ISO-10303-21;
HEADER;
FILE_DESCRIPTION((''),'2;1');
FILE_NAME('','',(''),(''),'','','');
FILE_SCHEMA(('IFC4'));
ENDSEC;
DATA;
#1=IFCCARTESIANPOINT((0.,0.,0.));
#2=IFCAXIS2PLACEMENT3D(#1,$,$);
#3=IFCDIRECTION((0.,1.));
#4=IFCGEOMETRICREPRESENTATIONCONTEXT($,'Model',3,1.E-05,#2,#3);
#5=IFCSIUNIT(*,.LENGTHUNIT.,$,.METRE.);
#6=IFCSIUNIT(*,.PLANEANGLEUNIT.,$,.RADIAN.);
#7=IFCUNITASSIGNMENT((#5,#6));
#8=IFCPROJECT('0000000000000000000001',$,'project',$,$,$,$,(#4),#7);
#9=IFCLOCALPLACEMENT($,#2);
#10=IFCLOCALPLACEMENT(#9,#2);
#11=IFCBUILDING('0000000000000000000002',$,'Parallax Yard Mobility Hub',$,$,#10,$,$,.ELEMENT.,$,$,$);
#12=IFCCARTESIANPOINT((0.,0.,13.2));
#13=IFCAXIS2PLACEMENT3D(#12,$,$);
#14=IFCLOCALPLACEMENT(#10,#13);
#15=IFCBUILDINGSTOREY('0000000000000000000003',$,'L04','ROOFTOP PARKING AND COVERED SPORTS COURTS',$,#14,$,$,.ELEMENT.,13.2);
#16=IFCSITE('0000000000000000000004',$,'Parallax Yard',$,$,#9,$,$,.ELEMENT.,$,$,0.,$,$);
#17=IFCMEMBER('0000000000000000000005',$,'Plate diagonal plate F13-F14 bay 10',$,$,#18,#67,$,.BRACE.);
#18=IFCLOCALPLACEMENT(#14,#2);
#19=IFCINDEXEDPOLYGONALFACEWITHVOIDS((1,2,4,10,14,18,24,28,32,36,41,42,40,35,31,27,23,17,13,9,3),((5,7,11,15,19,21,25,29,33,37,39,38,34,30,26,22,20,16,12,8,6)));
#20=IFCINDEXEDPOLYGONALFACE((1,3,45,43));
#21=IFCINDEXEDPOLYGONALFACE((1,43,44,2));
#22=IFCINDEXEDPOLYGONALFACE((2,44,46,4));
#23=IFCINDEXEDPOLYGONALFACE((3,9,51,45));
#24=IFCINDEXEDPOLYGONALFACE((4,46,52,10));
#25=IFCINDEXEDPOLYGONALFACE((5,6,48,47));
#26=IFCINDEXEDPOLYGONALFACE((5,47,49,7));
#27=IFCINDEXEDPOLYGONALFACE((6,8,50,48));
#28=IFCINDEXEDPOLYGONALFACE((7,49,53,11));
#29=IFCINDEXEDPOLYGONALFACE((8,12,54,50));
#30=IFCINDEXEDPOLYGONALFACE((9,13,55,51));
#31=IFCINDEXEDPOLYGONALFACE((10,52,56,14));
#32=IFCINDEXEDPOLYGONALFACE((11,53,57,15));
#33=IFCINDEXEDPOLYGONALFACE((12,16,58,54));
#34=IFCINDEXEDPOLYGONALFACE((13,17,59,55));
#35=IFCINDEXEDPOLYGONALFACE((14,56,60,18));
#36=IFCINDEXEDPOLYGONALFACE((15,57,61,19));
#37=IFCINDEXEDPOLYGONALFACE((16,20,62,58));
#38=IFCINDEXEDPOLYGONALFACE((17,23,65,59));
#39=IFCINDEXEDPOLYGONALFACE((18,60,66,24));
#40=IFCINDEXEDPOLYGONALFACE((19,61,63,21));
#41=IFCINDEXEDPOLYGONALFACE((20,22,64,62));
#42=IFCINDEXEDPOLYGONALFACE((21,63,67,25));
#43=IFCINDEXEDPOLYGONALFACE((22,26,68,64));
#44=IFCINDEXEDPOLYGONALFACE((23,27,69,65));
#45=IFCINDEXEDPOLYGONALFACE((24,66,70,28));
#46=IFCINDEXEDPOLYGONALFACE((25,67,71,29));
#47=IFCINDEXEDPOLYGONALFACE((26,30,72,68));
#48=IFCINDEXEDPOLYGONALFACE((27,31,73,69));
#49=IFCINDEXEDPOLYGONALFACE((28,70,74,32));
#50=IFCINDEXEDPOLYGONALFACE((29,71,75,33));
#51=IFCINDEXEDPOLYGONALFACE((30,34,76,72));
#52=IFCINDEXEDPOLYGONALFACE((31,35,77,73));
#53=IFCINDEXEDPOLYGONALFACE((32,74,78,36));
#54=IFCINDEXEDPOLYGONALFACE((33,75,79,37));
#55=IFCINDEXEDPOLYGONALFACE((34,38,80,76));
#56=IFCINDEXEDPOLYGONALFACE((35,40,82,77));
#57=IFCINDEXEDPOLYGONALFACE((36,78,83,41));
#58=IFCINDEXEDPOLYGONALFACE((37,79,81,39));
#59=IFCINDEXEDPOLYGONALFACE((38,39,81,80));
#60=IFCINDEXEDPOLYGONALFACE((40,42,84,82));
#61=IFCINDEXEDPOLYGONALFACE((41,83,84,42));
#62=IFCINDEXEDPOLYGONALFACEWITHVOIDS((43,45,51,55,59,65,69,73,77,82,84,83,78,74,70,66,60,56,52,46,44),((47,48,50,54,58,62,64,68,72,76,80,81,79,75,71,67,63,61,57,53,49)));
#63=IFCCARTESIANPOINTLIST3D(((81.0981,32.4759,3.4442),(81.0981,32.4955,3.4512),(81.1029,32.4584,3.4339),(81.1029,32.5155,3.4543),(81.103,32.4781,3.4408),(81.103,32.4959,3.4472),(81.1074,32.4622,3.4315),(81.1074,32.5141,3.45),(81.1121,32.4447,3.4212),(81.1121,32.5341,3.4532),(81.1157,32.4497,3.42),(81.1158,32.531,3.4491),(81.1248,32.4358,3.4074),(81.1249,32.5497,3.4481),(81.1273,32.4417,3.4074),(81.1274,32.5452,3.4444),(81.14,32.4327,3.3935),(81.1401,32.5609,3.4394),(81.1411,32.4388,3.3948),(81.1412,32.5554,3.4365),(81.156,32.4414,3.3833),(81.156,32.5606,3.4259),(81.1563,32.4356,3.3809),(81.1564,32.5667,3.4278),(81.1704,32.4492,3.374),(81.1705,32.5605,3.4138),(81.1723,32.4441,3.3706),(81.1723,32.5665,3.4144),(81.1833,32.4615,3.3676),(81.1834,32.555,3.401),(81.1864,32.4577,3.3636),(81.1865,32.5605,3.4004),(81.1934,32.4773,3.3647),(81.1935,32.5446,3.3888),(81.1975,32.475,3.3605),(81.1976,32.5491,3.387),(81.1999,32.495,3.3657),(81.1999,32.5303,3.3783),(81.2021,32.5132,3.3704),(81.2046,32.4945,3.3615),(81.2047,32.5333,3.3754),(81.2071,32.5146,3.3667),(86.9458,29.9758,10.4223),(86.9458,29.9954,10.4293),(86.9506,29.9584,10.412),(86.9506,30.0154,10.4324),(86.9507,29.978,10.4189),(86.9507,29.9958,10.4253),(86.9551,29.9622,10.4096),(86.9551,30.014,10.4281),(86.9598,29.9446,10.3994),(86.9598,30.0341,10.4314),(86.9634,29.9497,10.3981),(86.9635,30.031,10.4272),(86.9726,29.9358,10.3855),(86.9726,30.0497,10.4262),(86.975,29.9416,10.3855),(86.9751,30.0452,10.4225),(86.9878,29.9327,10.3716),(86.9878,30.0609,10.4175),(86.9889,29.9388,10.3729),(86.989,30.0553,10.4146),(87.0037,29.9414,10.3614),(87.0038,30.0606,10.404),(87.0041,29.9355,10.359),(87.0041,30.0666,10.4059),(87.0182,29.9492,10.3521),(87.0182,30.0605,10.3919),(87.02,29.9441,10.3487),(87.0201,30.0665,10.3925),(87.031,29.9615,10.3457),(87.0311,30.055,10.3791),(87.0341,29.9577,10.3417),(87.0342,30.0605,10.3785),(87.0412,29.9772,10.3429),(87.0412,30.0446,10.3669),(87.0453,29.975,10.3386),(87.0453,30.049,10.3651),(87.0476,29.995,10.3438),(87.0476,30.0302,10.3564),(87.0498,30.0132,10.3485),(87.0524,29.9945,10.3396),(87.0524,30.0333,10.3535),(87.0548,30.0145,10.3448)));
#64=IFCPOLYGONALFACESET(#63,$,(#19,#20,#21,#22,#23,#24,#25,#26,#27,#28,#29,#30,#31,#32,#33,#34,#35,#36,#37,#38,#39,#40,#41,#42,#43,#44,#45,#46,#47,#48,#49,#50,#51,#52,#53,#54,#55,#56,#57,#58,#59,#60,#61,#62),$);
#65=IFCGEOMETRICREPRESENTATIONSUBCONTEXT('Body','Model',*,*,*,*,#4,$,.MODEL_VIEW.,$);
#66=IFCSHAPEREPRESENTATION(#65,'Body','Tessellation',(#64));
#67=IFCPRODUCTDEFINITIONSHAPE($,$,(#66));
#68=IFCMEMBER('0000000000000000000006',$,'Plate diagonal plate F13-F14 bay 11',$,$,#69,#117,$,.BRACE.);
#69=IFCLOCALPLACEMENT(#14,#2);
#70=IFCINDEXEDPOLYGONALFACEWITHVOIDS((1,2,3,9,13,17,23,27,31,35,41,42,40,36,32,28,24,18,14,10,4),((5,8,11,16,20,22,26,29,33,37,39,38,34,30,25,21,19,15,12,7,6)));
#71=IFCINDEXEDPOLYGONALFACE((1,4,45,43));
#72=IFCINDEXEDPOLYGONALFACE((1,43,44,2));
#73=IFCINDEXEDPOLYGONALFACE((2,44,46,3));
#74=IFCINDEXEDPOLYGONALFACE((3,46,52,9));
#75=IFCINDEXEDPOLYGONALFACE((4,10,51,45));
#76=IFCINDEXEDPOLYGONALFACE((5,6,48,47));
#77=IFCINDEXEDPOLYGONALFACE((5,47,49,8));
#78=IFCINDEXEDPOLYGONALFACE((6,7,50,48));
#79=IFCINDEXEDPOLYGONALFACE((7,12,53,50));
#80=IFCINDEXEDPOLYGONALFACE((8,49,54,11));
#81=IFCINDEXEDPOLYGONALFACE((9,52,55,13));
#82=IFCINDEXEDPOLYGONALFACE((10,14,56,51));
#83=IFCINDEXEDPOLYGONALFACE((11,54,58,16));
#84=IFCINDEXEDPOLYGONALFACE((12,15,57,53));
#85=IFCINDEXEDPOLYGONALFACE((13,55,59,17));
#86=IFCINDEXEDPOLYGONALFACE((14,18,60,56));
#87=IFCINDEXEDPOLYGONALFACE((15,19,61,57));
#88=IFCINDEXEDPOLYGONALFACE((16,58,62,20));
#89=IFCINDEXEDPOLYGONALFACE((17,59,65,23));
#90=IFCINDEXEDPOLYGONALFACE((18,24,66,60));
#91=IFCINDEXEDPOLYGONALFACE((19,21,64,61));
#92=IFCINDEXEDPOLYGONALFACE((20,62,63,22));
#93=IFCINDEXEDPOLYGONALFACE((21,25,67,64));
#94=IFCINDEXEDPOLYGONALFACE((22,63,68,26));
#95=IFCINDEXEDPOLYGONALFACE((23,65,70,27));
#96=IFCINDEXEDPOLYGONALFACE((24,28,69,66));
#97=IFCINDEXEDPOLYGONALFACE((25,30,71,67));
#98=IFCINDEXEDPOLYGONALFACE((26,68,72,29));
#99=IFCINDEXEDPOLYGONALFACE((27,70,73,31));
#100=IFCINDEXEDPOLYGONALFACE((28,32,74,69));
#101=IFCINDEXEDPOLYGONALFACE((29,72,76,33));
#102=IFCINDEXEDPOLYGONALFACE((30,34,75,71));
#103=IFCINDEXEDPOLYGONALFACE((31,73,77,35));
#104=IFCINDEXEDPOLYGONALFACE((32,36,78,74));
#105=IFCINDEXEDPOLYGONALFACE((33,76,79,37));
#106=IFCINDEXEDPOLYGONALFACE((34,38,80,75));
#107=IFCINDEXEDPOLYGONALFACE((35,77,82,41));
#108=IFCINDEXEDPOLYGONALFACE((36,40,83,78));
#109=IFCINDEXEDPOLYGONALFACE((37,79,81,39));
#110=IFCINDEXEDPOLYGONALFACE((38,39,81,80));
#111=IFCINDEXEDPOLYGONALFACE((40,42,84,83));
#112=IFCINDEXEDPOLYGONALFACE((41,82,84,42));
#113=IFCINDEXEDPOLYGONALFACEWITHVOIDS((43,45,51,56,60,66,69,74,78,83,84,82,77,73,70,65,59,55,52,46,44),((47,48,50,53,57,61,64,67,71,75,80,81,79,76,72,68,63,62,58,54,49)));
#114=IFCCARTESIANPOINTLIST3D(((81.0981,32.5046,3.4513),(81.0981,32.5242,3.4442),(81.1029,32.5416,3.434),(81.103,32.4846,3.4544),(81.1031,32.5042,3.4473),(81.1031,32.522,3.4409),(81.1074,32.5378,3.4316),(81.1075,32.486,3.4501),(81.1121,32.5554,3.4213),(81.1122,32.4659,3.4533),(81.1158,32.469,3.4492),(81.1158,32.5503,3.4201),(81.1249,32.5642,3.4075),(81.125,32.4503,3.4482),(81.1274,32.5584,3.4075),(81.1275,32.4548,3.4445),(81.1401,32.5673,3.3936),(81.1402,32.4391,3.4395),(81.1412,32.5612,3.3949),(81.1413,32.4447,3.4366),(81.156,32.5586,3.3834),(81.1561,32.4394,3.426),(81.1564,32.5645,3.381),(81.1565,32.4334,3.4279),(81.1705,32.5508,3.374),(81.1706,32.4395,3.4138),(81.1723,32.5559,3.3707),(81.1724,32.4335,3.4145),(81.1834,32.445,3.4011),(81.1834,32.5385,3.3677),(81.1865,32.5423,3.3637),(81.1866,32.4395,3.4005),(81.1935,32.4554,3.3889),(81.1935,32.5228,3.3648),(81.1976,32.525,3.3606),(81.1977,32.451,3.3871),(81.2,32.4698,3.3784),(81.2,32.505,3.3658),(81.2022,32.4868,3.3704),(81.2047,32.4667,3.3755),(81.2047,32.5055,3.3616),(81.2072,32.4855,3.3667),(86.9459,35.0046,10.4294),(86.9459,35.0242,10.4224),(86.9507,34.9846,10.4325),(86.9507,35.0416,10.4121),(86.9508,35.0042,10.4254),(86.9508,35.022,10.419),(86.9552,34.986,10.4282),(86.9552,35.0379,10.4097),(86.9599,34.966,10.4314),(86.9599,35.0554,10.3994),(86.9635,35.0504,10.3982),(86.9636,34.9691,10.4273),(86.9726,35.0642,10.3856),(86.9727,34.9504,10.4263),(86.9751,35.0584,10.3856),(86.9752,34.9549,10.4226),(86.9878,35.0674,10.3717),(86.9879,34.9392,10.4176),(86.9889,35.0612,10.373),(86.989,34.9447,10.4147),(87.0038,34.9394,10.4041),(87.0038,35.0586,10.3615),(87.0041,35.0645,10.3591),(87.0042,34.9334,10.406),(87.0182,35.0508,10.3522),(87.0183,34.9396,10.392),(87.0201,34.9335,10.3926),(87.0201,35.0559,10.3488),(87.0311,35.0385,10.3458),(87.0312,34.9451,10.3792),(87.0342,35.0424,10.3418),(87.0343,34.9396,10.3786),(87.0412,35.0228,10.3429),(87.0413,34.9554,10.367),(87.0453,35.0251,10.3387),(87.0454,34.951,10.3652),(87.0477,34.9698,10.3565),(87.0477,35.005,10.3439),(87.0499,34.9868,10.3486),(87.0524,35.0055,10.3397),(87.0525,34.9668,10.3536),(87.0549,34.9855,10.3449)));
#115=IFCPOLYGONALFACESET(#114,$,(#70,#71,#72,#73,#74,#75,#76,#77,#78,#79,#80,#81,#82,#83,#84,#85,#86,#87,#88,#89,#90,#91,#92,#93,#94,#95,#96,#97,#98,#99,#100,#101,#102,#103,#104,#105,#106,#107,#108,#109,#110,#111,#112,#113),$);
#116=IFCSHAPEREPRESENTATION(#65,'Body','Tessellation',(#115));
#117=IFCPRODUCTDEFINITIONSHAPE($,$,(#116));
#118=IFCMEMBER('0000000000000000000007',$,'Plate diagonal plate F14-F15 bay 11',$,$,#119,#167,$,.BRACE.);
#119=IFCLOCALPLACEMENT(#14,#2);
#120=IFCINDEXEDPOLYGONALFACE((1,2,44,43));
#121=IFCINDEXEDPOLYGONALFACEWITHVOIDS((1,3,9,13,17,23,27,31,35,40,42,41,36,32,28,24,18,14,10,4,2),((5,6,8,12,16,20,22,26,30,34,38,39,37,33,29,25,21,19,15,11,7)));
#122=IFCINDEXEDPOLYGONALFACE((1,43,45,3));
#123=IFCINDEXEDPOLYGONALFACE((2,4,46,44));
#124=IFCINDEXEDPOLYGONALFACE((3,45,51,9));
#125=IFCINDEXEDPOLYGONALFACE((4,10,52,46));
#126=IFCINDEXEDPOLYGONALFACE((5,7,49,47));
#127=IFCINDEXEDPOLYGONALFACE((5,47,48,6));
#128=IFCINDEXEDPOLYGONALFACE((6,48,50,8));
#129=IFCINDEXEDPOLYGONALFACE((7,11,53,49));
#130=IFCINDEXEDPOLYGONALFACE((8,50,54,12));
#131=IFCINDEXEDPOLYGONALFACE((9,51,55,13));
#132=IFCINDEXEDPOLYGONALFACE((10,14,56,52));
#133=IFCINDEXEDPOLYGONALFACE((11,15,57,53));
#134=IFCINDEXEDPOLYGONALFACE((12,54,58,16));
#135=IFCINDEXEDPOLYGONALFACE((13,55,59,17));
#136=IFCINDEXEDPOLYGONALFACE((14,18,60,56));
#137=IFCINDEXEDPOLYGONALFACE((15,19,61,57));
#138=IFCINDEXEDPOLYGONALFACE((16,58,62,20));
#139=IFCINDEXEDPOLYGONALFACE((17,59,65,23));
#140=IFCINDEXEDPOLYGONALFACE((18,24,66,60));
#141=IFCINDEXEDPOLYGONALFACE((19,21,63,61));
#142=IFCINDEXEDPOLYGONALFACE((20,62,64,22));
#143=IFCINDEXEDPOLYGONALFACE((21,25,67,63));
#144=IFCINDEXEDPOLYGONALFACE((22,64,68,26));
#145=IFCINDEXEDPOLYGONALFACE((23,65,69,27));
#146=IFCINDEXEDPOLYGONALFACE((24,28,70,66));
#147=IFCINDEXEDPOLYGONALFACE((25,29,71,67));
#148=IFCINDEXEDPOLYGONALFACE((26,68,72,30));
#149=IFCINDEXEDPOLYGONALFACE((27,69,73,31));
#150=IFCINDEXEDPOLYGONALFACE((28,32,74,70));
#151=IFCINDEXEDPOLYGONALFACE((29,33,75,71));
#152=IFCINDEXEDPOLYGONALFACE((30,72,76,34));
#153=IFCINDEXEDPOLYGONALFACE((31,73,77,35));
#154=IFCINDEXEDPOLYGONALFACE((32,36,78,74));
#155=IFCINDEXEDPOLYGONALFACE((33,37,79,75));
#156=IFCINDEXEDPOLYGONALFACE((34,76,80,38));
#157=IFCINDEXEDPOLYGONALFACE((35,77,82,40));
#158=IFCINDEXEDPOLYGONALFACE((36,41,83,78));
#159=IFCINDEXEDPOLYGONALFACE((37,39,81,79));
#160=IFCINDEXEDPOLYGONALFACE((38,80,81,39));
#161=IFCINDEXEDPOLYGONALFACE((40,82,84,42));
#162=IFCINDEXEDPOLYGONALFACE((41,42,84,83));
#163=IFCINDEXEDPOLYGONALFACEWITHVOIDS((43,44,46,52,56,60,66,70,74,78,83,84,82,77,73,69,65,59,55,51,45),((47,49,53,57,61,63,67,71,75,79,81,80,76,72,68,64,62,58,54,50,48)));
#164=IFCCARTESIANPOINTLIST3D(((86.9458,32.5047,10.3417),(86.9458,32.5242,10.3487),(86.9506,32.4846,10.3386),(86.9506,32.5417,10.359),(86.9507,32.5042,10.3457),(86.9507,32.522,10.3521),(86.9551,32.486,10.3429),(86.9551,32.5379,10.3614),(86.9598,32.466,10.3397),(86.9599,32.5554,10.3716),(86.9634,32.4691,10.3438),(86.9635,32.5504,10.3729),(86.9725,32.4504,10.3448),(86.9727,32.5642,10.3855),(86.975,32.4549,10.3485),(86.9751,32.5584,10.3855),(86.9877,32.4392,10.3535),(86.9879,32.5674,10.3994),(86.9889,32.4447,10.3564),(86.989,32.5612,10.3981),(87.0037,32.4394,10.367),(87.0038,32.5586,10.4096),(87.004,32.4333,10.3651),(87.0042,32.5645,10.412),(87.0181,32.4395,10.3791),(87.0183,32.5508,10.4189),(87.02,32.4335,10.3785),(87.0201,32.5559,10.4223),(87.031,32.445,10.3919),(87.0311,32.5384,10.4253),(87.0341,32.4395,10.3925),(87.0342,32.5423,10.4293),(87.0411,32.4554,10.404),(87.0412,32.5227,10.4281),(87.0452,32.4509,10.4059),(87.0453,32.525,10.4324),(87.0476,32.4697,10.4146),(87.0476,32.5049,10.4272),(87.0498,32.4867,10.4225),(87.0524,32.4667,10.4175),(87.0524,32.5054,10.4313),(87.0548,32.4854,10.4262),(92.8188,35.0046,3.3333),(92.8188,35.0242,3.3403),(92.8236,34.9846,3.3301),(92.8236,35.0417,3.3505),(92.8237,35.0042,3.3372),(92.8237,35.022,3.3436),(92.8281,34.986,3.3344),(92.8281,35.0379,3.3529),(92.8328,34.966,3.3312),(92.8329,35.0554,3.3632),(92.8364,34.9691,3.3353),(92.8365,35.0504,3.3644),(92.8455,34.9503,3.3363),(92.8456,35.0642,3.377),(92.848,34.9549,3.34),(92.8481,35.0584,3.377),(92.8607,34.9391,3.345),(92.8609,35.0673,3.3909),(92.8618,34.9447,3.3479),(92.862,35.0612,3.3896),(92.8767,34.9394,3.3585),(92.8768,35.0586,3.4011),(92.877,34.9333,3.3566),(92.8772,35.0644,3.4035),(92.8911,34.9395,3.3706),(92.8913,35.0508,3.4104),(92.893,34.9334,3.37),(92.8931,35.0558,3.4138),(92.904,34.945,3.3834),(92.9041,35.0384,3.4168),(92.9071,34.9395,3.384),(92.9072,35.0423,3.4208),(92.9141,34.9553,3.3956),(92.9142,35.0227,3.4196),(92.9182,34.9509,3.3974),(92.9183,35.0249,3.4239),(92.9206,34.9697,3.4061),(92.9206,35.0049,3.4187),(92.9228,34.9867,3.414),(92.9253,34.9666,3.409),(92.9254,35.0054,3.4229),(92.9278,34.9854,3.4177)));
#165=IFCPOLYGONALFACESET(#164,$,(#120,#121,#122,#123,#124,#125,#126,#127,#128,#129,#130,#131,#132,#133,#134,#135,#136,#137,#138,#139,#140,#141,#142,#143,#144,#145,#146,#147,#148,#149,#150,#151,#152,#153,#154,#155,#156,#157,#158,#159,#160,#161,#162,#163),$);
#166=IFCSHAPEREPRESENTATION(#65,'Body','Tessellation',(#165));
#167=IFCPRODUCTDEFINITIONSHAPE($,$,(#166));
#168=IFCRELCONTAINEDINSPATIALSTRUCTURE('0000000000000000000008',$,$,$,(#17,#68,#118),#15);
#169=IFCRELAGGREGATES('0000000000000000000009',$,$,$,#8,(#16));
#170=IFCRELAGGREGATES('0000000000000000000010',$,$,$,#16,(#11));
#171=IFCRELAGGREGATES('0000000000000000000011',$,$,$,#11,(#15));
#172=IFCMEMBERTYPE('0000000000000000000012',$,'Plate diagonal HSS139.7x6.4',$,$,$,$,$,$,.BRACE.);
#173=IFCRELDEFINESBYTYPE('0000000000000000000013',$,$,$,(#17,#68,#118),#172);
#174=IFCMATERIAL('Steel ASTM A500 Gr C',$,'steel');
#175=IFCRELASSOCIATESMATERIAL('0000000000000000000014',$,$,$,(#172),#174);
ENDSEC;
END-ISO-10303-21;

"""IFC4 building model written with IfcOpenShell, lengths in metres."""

from ifc_helpers import new_model, si_unit, direction, frame, origin, origin_2d, place, context, subcontext, project, spatial, hollow_circle, extrude, material, material_profile, profile_set, type_object, element, save


model = new_model("IFC4")

# Units and contexts
model_context = context("Model", 3, precision=1e-05, world=origin(), true_north=direction((0.0, 1.0)))
body_context = subcontext(model_context, "Body", "Model", "MODEL_VIEW")
ifc_project = project(units=[si_unit("LENGTHUNIT", "METRE"), si_unit("PLANEANGLEUNIT", "RADIAN")], contexts=[model_context])

# Site, building, storey
site_placement = place(None, origin())
site = spatial("IfcSite", under=ifc_project, at=site_placement, Name="Parallax Yard", CompositionType="ELEMENT", RefElevation=0.0)
building_placement = place(site_placement, origin())
building = spatial("IfcBuilding", under=site, at=building_placement, Name="Parallax Yard Mobility Hub", CompositionType="ELEMENT")
storey_placement = place(building_placement, frame((0.0, 0.0, 13.2)))
storey = spatial("IfcBuildingStorey", under=building, at=storey_placement, Name="L04", Description="ROOFTOP PARKING AND COVERED SPORTS COURTS", CompositionType="ELEMENT", Elevation=13.2)

# Members
ifc_material_1 = material(Name="Steel ASTM A500 Gr C", Category="steel")
ifc_material_profile_1 = material_profile(ifc_material_1, hollow_circle(Radius=0.0698, WallThickness=0.0063, at=origin_2d()), Name="HSS139.7x6.4")
ifc_profile_set_1 = profile_set([ifc_material_profile_1], Name="Steel ASTM A500 Gr C")
member_type_1 = type_object("IfcMemberType", Name="Plate diagonal HSS139.7x6.4", PredefinedType="BRACE", material=ifc_profile_set_1)
for number, where, z_axis, x_axis, name in (
    (1, (87.0, 30.0, 10.3855), (-0.61937, 0.264794, -0.739097), (-0.393104, -0.919494, 0.0), "Plate diagonal plate F13-F14 bay 10"),
    (2, (81.1523, 32.5, 3.4075), (0.61937, 0.264794, 0.739097), (-0.393104, 0.919494, 0.0), "Plate diagonal plate F13-F14 bay 11"),
):
    element("IfcMember", number, at=place(storey_placement, frame(where, z_axis=z_axis, x_axis=x_axis)), inside=storey, type_object=member_type_1, Name=name, PredefinedType="BRACE", context=body_context, shape_type="SweptSolid", body=[
        extrude(hollow_circle(Radius=0.0698, WallThickness=0.0063, at=origin_2d()), origin(), (0.0, 0.0, 1.0), 9.4414),
    ])
member_1_placement = place(storey_placement, frame((87.0, 32.5, 10.3855), z_axis=(0.619547, 0.263725, -0.739331), x_axis=(-0.391665, 0.920108, 0.0)))
element("IfcMember", 3, at=member_1_placement, inside=storey, type_object=member_type_1, Name="Plate diagonal plate F14-F15 bay 11", PredefinedType="BRACE", context=body_context, shape_type="SweptSolid", body=[
    extrude(hollow_circle(Radius=0.0698, WallThickness=0.0063, at=origin_2d()), origin(), (0.0, 0.0, 1.0), 9.4795),
])

save(model, "model.ifc")
